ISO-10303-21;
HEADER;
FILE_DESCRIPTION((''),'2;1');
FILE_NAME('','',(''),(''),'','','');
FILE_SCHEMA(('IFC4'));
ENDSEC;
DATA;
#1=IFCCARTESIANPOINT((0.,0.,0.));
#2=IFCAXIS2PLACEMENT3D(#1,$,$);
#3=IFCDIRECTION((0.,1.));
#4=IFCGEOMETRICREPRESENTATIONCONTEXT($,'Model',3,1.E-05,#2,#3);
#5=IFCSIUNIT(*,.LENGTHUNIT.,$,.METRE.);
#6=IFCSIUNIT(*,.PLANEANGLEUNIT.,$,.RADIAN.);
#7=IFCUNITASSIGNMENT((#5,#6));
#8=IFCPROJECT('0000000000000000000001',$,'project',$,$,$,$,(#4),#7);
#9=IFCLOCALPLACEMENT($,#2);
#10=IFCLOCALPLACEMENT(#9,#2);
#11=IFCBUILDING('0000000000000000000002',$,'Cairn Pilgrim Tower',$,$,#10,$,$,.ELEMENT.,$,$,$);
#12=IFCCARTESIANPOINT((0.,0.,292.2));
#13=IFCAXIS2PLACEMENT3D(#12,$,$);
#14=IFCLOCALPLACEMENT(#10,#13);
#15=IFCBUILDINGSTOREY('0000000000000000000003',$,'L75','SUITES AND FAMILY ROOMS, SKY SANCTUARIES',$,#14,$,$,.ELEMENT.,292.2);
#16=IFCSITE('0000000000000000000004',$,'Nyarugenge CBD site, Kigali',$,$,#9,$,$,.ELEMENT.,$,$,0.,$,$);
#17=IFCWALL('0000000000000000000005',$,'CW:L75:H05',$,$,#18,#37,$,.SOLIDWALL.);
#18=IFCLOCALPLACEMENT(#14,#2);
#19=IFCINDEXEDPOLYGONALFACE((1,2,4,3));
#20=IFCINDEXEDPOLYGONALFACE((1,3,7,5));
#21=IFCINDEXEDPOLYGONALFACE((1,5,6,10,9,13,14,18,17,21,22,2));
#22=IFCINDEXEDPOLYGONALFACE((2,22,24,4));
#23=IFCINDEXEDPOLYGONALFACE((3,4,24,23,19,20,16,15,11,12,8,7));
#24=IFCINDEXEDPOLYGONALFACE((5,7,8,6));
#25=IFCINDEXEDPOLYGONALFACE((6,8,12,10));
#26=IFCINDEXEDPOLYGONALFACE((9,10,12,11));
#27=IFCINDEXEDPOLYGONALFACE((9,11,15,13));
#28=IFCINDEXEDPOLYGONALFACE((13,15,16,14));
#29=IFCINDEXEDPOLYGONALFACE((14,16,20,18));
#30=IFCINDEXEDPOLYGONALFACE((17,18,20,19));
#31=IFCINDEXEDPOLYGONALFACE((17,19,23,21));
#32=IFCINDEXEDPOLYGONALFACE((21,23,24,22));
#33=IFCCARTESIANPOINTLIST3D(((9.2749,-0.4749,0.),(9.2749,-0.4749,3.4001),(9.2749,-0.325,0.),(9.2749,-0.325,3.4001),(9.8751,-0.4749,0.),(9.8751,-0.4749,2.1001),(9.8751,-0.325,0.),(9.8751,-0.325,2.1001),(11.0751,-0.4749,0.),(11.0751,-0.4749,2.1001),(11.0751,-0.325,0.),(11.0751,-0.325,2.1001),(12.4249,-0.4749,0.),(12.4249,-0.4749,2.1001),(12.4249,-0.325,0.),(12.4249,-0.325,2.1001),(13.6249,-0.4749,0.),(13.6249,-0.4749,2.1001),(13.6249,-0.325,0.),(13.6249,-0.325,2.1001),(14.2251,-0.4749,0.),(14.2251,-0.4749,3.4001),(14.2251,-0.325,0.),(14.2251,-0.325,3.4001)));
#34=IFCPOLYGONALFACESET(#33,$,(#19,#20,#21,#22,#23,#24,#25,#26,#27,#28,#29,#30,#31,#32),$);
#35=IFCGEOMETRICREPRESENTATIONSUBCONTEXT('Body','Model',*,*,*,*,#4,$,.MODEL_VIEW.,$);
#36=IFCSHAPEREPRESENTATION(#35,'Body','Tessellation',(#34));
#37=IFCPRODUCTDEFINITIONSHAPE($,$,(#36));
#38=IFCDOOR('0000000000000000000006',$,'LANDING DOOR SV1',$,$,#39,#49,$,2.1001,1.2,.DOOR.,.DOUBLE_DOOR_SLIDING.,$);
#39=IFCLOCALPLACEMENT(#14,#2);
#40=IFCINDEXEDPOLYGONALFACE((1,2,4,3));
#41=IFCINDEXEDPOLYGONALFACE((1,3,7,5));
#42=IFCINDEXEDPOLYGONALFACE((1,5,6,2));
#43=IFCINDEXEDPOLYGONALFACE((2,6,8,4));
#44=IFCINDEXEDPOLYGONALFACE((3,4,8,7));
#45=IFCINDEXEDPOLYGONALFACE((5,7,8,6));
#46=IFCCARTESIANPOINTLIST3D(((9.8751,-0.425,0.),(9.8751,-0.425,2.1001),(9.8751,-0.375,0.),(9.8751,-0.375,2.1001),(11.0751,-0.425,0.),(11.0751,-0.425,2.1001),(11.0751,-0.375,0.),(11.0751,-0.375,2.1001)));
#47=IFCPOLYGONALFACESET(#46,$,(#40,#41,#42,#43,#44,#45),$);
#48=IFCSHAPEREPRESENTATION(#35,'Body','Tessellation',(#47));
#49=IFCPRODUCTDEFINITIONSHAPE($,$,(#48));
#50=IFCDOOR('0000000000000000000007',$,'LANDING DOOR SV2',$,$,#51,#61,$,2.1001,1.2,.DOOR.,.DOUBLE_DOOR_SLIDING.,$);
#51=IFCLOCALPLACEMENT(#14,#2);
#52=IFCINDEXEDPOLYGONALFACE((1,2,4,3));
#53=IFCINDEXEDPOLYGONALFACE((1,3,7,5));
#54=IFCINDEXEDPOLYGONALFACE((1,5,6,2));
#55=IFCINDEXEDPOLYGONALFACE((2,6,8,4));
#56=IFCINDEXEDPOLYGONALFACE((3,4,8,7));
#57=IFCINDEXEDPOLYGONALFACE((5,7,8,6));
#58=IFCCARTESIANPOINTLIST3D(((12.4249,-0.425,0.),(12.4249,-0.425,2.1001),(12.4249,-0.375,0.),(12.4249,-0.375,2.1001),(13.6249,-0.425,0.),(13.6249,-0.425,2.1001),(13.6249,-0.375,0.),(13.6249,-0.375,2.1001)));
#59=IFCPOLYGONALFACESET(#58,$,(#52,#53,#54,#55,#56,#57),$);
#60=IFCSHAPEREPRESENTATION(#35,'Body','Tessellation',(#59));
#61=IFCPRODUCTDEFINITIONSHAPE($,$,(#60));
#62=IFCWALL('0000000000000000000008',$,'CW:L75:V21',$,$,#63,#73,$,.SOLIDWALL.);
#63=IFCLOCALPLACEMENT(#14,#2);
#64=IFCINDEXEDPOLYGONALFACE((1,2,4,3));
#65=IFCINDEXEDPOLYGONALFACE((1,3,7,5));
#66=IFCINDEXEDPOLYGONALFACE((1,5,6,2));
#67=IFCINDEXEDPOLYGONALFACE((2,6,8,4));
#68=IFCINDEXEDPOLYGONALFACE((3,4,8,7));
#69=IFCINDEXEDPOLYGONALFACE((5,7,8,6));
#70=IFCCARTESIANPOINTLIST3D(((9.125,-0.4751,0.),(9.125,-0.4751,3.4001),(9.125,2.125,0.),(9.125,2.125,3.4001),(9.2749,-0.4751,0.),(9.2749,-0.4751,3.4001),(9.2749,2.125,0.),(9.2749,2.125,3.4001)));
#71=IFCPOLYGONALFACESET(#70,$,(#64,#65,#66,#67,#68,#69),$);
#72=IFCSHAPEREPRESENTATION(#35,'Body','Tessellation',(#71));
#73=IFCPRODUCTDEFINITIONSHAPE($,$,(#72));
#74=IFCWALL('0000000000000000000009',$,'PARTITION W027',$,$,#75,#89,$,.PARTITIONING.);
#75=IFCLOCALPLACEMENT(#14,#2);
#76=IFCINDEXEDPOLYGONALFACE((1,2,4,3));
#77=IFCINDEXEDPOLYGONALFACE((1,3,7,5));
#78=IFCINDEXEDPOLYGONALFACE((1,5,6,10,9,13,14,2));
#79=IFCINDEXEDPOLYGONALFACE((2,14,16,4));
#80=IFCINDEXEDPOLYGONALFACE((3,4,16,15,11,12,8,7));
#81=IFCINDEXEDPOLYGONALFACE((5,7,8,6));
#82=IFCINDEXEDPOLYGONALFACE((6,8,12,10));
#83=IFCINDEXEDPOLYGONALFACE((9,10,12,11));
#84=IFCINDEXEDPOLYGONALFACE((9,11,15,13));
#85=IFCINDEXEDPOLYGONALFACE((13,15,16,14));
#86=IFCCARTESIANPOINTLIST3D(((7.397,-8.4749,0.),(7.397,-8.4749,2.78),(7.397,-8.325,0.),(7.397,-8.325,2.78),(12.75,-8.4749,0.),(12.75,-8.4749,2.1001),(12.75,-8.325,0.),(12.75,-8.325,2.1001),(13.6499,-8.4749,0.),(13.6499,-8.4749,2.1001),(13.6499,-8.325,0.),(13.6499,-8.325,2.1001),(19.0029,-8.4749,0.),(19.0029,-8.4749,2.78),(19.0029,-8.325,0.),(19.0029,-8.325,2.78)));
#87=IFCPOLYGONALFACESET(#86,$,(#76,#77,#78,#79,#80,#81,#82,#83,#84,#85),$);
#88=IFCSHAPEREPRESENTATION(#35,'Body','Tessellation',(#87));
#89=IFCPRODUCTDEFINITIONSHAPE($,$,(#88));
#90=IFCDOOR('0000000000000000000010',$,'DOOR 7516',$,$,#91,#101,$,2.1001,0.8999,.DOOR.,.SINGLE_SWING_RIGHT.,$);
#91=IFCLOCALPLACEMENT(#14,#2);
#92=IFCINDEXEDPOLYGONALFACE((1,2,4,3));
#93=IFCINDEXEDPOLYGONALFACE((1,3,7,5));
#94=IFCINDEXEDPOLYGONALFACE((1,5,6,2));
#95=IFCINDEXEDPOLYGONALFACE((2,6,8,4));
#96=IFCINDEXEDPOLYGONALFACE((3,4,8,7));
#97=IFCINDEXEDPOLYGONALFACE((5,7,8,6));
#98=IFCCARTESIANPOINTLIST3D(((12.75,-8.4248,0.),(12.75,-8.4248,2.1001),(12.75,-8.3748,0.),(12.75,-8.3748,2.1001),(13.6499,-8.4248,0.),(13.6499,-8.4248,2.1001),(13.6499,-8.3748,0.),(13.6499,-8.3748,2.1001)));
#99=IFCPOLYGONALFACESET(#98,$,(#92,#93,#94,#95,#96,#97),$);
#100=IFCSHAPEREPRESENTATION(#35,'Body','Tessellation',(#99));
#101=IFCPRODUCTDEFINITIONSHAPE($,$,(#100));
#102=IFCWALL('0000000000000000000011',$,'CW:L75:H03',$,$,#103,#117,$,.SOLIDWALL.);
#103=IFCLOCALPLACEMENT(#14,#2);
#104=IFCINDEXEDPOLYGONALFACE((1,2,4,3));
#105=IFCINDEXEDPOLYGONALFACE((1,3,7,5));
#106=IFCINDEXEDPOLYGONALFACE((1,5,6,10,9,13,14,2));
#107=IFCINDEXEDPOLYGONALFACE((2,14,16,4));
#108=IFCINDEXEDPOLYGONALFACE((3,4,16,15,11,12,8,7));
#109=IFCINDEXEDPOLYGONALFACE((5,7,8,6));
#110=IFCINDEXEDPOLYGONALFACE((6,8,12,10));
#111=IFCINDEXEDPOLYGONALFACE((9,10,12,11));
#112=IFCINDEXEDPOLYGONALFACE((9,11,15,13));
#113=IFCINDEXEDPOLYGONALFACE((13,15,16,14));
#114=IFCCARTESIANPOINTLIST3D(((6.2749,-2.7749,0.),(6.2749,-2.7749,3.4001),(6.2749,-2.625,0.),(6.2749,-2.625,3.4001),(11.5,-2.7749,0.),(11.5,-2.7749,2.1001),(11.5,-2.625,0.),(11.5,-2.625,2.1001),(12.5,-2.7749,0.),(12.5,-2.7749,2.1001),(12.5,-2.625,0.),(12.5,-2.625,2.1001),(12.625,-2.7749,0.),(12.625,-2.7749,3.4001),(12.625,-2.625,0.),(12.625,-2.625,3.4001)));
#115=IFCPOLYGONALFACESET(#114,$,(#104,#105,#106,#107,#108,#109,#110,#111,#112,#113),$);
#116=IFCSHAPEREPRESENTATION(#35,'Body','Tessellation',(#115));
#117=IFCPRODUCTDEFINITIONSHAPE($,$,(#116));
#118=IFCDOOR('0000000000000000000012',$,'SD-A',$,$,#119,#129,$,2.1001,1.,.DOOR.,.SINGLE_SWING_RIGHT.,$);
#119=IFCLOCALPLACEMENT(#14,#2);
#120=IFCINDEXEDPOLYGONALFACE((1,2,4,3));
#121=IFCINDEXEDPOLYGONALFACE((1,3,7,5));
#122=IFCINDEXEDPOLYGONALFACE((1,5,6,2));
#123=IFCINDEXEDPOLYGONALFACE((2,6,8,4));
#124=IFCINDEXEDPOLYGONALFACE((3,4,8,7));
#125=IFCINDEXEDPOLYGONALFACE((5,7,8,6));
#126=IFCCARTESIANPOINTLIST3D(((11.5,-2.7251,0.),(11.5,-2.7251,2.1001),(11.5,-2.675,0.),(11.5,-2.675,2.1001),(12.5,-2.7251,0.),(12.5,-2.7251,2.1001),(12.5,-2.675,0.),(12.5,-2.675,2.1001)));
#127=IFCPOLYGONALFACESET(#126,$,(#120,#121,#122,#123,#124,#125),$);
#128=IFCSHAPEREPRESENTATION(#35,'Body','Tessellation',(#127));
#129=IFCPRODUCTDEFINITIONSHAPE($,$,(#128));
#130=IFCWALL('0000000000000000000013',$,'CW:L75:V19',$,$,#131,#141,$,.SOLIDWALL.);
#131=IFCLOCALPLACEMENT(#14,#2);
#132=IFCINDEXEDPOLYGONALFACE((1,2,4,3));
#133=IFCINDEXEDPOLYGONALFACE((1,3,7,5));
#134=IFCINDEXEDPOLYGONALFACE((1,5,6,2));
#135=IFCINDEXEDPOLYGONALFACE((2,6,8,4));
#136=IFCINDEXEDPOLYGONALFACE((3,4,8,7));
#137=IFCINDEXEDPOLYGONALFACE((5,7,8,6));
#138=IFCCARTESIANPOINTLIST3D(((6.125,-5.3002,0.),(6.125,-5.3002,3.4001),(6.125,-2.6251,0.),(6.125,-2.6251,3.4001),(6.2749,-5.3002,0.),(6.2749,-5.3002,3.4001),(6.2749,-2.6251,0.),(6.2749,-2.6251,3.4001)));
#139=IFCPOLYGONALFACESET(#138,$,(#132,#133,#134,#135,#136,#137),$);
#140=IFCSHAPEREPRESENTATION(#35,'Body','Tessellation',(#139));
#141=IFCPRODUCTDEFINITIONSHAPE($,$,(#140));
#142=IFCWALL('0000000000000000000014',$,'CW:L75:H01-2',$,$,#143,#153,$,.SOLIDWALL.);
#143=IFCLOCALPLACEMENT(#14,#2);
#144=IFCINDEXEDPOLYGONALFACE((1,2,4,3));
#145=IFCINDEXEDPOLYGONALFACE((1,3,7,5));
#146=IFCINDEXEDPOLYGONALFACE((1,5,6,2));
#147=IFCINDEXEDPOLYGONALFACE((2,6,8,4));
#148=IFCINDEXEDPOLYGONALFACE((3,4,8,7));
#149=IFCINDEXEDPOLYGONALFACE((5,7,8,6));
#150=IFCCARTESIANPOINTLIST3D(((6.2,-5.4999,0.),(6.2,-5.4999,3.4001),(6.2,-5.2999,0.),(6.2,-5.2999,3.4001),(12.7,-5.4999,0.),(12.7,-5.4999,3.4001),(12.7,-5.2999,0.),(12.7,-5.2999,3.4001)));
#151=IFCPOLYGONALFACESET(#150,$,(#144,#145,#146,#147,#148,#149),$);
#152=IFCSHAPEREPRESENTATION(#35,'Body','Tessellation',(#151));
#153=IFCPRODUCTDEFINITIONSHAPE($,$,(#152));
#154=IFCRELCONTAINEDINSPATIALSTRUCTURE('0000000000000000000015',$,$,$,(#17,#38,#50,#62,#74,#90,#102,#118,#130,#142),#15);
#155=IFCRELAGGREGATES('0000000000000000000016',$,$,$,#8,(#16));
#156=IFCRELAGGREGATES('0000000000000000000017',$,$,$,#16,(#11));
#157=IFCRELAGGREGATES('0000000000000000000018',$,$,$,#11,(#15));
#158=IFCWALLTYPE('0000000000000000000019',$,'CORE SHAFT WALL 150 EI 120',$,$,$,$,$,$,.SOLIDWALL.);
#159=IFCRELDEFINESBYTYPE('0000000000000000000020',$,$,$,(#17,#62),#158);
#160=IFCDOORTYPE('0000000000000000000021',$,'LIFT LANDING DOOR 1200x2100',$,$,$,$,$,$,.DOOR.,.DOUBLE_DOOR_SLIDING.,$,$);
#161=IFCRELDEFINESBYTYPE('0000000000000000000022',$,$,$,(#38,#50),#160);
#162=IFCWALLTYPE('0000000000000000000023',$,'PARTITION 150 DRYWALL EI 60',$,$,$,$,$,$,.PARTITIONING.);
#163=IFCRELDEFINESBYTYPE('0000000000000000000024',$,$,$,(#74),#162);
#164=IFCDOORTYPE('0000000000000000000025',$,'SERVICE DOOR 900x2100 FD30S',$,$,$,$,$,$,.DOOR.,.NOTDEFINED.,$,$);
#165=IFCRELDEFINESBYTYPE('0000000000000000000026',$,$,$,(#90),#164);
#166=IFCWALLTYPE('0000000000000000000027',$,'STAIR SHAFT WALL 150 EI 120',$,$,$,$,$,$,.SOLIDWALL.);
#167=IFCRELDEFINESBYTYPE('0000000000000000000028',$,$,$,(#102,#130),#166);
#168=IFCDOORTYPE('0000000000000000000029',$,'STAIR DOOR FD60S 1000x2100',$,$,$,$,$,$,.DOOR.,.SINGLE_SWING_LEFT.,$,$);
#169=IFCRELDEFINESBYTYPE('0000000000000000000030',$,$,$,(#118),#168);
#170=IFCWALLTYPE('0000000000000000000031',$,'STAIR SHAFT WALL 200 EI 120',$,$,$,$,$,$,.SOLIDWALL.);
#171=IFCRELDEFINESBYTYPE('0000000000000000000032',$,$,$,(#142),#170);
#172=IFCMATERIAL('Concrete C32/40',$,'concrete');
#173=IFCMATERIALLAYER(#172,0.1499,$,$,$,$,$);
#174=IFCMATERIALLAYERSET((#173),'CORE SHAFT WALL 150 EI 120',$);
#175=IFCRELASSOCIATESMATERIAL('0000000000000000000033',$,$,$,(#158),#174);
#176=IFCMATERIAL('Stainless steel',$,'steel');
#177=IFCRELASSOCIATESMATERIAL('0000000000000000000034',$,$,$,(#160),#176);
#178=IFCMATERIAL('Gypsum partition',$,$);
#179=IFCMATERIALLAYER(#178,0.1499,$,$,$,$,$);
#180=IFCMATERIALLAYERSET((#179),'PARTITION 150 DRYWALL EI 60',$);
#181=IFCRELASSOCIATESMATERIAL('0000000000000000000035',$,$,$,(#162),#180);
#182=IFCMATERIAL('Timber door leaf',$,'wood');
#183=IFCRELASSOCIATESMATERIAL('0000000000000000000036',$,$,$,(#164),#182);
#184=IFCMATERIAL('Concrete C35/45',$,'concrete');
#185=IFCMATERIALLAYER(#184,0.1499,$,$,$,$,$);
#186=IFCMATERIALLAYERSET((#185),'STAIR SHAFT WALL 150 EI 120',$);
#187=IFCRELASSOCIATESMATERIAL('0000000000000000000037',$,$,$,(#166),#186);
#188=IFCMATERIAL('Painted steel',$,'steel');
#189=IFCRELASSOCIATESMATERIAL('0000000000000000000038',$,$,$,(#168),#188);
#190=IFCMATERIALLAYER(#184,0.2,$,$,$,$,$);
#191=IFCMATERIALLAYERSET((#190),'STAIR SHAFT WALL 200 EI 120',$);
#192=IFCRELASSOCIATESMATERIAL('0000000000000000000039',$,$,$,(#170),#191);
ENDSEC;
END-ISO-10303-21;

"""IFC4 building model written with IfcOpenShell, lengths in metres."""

from ifc_helpers import new_model, si_unit, direction, frame, frame_2d, origin, place, context, subcontext, project, spatial, rectangle, extrude, material, layer, layer_set, type_object, element, fill, save


model = new_model("IFC4")

# Units and contexts
model_context = context("Model", 3, precision=1e-05, world=origin(), true_north=direction((0.0, 1.0)))
body_context = subcontext(model_context, "Body", "Model", "MODEL_VIEW")
ifc_project = project(units=[si_unit("LENGTHUNIT", "METRE"), si_unit("PLANEANGLEUNIT", "RADIAN")], contexts=[model_context])

# Site, building, storey
site_placement = place(None, origin())
site = spatial("IfcSite", under=ifc_project, at=site_placement, Name="Nyarugenge CBD site, Kigali", CompositionType="ELEMENT", RefElevation=0.0)
building_placement = place(site_placement, origin())
building = spatial("IfcBuilding", under=site, at=building_placement, Name="Cairn Pilgrim Tower", CompositionType="ELEMENT")
storey_placement = place(building_placement, frame((0.0, 0.0, 292.2)))
storey = spatial("IfcBuildingStorey", under=building, at=storey_placement, Name="L75", Description="SUITES AND FAMILY ROOMS, SKY SANCTUARIES", CompositionType="ELEMENT", Elevation=292.2)

# Shared definitions
ifc_material_1 = material(Name="Concrete C35/45", Category="concrete")

# Shared definitions
ifc_material_2 = material(Name="Concrete C32/40", Category="concrete")

# Shared definitions
ifc_material_3 = material(Name="Painted steel", Category="steel")

# Wall, openings, doors
ifc_layer_1 = layer(ifc_material_2, 0.1499)
ifc_layer_set_1 = layer_set([ifc_layer_1], Name="CORE SHAFT WALL 150 EI 120")
wall_type_1 = type_object("IfcWallType", Name="CORE SHAFT WALL 150 EI 120", PredefinedType="SOLIDWALL", material=ifc_layer_set_1)
wall_1_placement = place(storey_placement, frame((9.2749, -0.3999, 0.0), z_axis=(0.0, 0.0, 1.0), x_axis=(1.0, 0.0, 0.0)))
wall_1 = element("IfcWall", 1, at=wall_1_placement, inside=storey, type_object=wall_type_1, Name="CW:L75:H05", PredefinedType="SOLIDWALL", context=body_context, shape_type="SweptSolid", body=[
    extrude(rectangle(XDim=4.9502, YDim=0.1499, at=frame_2d((2.4751, 0.0))), origin(), (0.0, 0.0, 1.0), 3.4001),
])
opening_1_placement = place(wall_1_placement, frame((0.6001, 0.0, 0.0)))
opening_1 = element("IfcOpeningElement", 2, at=opening_1_placement, cuts=wall_1, PredefinedType="OPENING", context=body_context, shape_type="SweptSolid", body=[
    extrude(rectangle(XDim=1.2, YDim=2.1001, at=frame_2d((0.6001, 1.05))), frame((0.0, 0.085, 0.0), z_axis=(0.0, -1.0, 0.0), x_axis=(1.0, 0.0, 0.0)), (0.0, 0.0, 1.0), 0.1699),
])
opening_2_placement = place(wall_1_placement, frame((3.1499, 0.0, 0.0)))
opening_2 = element("IfcOpeningElement", 3, at=opening_2_placement, cuts=wall_1, PredefinedType="OPENING", context=body_context, shape_type="SweptSolid", body=[
    extrude(rectangle(XDim=1.2, YDim=2.1001, at=frame_2d((0.6001, 1.05))), frame((0.0, 0.085, 0.0), z_axis=(0.0, -1.0, 0.0), x_axis=(1.0, 0.0, 0.0)), (0.0, 0.0, 1.0), 0.1699),
])
ifc_material_4 = material(Name="Stainless steel", Category="steel")
door_type_1 = type_object("IfcDoorType", Name="LIFT LANDING DOOR 1200x2100", OperationType="DOUBLE_DOOR_SLIDING", PredefinedType="DOOR", material=ifc_material_4)
door_1_placement = place(opening_1_placement, origin())
door_1 = element("IfcDoor", 4, at=door_1_placement, inside=storey, type_object=door_type_1, Name="LANDING DOOR SV1", OperationType="DOUBLE_DOOR_SLIDING", OverallHeight=2.1001, OverallWidth=1.2, PredefinedType="DOOR", context=body_context, shape_type="SweptSolid", body=[
    extrude(rectangle(XDim=1.2, YDim=2.1001, at=frame_2d((0.6001, 1.05))), frame((0.0, 0.0249, 0.0), z_axis=(0.0, -1.0, 0.0), x_axis=(1.0, 0.0, 0.0)), (0.0, 0.0, 1.0), 0.05),
])
fill(opening_1, door_1)
door_2_placement = place(opening_2_placement, origin())
door_2 = element("IfcDoor", 5, at=door_2_placement, inside=storey, type_object=door_type_1, Name="LANDING DOOR SV2", OperationType="DOUBLE_DOOR_SLIDING", OverallHeight=2.1001, OverallWidth=1.2, PredefinedType="DOOR", context=body_context, shape_type="SweptSolid", body=[
    extrude(rectangle(XDim=1.2, YDim=2.1001, at=frame_2d((0.6001, 1.05))), frame((0.0, 0.0249, 0.0), z_axis=(0.0, -1.0, 0.0), x_axis=(1.0, 0.0, 0.0)), (0.0, 0.0, 1.0), 0.05),
])
fill(opening_2, door_2)

# Wall
wall_2_placement = place(storey_placement, frame((9.2, -0.4751, 0.0), z_axis=(0.0, 0.0, 1.0), x_axis=(0.0, 1.0, 0.0)))
element("IfcWall", 6, at=wall_2_placement, inside=storey, type_object=wall_type_1, Name="CW:L75:V21", PredefinedType="SOLIDWALL", context=body_context, shape_type="SweptSolid", body=[
    extrude(rectangle(XDim=2.6001, YDim=0.1499, at=frame_2d((1.3, 0.0))), origin(), (0.0, 0.0, 1.0), 3.4001),
])

# Walls, openings, doors
ifc_material_5 = material(Name="Gypsum partition")
ifc_layer_2 = layer(ifc_material_5, 0.1499)
ifc_layer_set_2 = layer_set([ifc_layer_2], Name="PARTITION 150 DRYWALL EI 60")
wall_type_2 = type_object("IfcWallType", Name="PARTITION 150 DRYWALL EI 60", PredefinedType="PARTITIONING", material=ifc_layer_set_2)
wall_3_placement = place(storey_placement, frame((7.397, -8.3999, 0.0), z_axis=(0.0, 0.0, 1.0), x_axis=(1.0, 0.0, 0.0)))
wall_3 = element("IfcWall", 7, at=wall_3_placement, inside=storey, type_object=wall_type_2, Name="PARTITION W027", PredefinedType="PARTITIONING", context=body_context, shape_type="SweptSolid", body=[
    extrude(rectangle(XDim=11.606, YDim=0.1499, at=frame_2d((5.803, 0.0))), origin(), (0.0, 0.0, 1.0), 2.78),
])
opening_3_placement = place(wall_3_placement, frame((5.353, 0.0, 0.0)))
opening_3 = element("IfcOpeningElement", 8, at=opening_3_placement, cuts=wall_3, PredefinedType="OPENING", context=body_context, shape_type="SweptSolid", body=[
    extrude(rectangle(XDim=0.8999, YDim=2.1001, at=frame_2d((0.45, 1.05))), frame((0.0, 0.085, 0.0), z_axis=(0.0, -1.0, 0.0), x_axis=(1.0, 0.0, 0.0)), (0.0, 0.0, 1.0), 0.1699),
])
ifc_material_6 = material(Name="Timber door leaf", Category="wood")
door_type_2 = type_object("IfcDoorType", Name="SERVICE DOOR 900x2100 FD30S", OperationType="NOTDEFINED", PredefinedType="DOOR", material=ifc_material_6)
door_3_placement = place(opening_3_placement, frame((0.8999, 0.0, 0.0), z_axis=(0.0, 0.0, 1.0), x_axis=(-1.0, 0.0, 0.0)))
door_3 = element("IfcDoor", 9, at=door_3_placement, inside=storey, type_object=door_type_2, Name="DOOR 7516", OperationType="SINGLE_SWING_RIGHT", OverallHeight=2.1001, OverallWidth=0.8999, PredefinedType="DOOR", context=body_context, shape_type="SweptSolid", body=[
    extrude(rectangle(XDim=0.8999, YDim=2.1001, at=frame_2d((0.45, 1.05))), frame((0.0, 0.0249, 0.0), z_axis=(0.0, -1.0, 0.0), x_axis=(1.0, 0.0, 0.0)), (0.0, 0.0, 1.0), 0.05),
])
fill(opening_3, door_3)
ifc_layer_3 = layer(ifc_material_1, 0.1499)
ifc_layer_set_3 = layer_set([ifc_layer_3], Name="STAIR SHAFT WALL 150 EI 120")
wall_type_3 = type_object("IfcWallType", Name="STAIR SHAFT WALL 150 EI 120", PredefinedType="SOLIDWALL", material=ifc_layer_set_3)
wall_4_placement = place(storey_placement, frame((6.2749, -2.7, 0.0), z_axis=(0.0, 0.0, 1.0), x_axis=(1.0, 0.0, 0.0)))
wall_4 = element("IfcWall", 10, at=wall_4_placement, inside=storey, type_object=wall_type_3, Name="CW:L75:H03", PredefinedType="SOLIDWALL", context=body_context, shape_type="SweptSolid", body=[
    extrude(rectangle(XDim=6.3501, YDim=0.1499, at=frame_2d((3.175, 0.0))), origin(), (0.0, 0.0, 1.0), 3.4001),
])
opening_4_placement = place(wall_4_placement, frame((5.2251, 0.0, 0.0)))
opening_4 = element("IfcOpeningElement", 11, at=opening_4_placement, cuts=wall_4, PredefinedType="OPENING", context=body_context, shape_type="SweptSolid", body=[
    extrude(rectangle(XDim=1.0, YDim=2.1001, at=frame_2d((0.5, 1.05))), frame((0.0, 0.085, 0.0), z_axis=(0.0, -1.0, 0.0), x_axis=(1.0, 0.0, 0.0)), (0.0, 0.0, 1.0), 0.1699),
])
door_type_3 = type_object("IfcDoorType", Name="STAIR DOOR FD60S 1000x2100", OperationType="SINGLE_SWING_LEFT", PredefinedType="DOOR", material=ifc_material_3)
door_4_placement = place(opening_4_placement, origin())
door_4 = element("IfcDoor", 12, at=door_4_placement, inside=storey, type_object=door_type_3, Name="SD-A", OperationType="SINGLE_SWING_RIGHT", OverallHeight=2.1001, OverallWidth=1.0, PredefinedType="DOOR", context=body_context, shape_type="SweptSolid", body=[
    extrude(rectangle(XDim=1.0, YDim=2.1001, at=frame_2d((0.5, 1.05))), frame((0.0, 0.0249, 0.0), z_axis=(0.0, -1.0, 0.0), x_axis=(1.0, 0.0, 0.0)), (0.0, 0.0, 1.0), 0.05),
])
fill(opening_4, door_4)

# Walls
wall_5_placement = place(storey_placement, frame((6.2, -5.3, 0.0), z_axis=(0.0, 0.0, 1.0), x_axis=(0.0, 1.0, 0.0)))
element("IfcWall", 13, at=wall_5_placement, inside=storey, type_object=wall_type_3, Name="CW:L75:V19", PredefinedType="SOLIDWALL", context=body_context, shape_type="SweptSolid", body=[
    extrude(rectangle(XDim=2.675, YDim=0.1499, at=frame_2d((1.3374, 0.0))), origin(), (0.0, 0.0, 1.0), 3.4001),
])
ifc_layer_4 = layer(ifc_material_1, 0.2)
ifc_layer_set_4 = layer_set([ifc_layer_4], Name="STAIR SHAFT WALL 200 EI 120")
wall_type_4 = type_object("IfcWallType", Name="STAIR SHAFT WALL 200 EI 120", PredefinedType="SOLIDWALL", material=ifc_layer_set_4)
wall_6_placement = place(storey_placement, frame((6.2, -5.3999, 0.0), z_axis=(0.0, 0.0, 1.0), x_axis=(1.0, 0.0, 0.0)))
element("IfcWall", 14, at=wall_6_placement, inside=storey, type_object=wall_type_4, Name="CW:L75:H01-2", PredefinedType="SOLIDWALL", context=body_context, shape_type="SweptSolid", body=[
    extrude(rectangle(XDim=6.5, YDim=0.2, at=frame_2d((3.25, 0.0))), origin(), (0.0, 0.0, 1.0), 3.4001),
])

save(model, "model.ifc")
